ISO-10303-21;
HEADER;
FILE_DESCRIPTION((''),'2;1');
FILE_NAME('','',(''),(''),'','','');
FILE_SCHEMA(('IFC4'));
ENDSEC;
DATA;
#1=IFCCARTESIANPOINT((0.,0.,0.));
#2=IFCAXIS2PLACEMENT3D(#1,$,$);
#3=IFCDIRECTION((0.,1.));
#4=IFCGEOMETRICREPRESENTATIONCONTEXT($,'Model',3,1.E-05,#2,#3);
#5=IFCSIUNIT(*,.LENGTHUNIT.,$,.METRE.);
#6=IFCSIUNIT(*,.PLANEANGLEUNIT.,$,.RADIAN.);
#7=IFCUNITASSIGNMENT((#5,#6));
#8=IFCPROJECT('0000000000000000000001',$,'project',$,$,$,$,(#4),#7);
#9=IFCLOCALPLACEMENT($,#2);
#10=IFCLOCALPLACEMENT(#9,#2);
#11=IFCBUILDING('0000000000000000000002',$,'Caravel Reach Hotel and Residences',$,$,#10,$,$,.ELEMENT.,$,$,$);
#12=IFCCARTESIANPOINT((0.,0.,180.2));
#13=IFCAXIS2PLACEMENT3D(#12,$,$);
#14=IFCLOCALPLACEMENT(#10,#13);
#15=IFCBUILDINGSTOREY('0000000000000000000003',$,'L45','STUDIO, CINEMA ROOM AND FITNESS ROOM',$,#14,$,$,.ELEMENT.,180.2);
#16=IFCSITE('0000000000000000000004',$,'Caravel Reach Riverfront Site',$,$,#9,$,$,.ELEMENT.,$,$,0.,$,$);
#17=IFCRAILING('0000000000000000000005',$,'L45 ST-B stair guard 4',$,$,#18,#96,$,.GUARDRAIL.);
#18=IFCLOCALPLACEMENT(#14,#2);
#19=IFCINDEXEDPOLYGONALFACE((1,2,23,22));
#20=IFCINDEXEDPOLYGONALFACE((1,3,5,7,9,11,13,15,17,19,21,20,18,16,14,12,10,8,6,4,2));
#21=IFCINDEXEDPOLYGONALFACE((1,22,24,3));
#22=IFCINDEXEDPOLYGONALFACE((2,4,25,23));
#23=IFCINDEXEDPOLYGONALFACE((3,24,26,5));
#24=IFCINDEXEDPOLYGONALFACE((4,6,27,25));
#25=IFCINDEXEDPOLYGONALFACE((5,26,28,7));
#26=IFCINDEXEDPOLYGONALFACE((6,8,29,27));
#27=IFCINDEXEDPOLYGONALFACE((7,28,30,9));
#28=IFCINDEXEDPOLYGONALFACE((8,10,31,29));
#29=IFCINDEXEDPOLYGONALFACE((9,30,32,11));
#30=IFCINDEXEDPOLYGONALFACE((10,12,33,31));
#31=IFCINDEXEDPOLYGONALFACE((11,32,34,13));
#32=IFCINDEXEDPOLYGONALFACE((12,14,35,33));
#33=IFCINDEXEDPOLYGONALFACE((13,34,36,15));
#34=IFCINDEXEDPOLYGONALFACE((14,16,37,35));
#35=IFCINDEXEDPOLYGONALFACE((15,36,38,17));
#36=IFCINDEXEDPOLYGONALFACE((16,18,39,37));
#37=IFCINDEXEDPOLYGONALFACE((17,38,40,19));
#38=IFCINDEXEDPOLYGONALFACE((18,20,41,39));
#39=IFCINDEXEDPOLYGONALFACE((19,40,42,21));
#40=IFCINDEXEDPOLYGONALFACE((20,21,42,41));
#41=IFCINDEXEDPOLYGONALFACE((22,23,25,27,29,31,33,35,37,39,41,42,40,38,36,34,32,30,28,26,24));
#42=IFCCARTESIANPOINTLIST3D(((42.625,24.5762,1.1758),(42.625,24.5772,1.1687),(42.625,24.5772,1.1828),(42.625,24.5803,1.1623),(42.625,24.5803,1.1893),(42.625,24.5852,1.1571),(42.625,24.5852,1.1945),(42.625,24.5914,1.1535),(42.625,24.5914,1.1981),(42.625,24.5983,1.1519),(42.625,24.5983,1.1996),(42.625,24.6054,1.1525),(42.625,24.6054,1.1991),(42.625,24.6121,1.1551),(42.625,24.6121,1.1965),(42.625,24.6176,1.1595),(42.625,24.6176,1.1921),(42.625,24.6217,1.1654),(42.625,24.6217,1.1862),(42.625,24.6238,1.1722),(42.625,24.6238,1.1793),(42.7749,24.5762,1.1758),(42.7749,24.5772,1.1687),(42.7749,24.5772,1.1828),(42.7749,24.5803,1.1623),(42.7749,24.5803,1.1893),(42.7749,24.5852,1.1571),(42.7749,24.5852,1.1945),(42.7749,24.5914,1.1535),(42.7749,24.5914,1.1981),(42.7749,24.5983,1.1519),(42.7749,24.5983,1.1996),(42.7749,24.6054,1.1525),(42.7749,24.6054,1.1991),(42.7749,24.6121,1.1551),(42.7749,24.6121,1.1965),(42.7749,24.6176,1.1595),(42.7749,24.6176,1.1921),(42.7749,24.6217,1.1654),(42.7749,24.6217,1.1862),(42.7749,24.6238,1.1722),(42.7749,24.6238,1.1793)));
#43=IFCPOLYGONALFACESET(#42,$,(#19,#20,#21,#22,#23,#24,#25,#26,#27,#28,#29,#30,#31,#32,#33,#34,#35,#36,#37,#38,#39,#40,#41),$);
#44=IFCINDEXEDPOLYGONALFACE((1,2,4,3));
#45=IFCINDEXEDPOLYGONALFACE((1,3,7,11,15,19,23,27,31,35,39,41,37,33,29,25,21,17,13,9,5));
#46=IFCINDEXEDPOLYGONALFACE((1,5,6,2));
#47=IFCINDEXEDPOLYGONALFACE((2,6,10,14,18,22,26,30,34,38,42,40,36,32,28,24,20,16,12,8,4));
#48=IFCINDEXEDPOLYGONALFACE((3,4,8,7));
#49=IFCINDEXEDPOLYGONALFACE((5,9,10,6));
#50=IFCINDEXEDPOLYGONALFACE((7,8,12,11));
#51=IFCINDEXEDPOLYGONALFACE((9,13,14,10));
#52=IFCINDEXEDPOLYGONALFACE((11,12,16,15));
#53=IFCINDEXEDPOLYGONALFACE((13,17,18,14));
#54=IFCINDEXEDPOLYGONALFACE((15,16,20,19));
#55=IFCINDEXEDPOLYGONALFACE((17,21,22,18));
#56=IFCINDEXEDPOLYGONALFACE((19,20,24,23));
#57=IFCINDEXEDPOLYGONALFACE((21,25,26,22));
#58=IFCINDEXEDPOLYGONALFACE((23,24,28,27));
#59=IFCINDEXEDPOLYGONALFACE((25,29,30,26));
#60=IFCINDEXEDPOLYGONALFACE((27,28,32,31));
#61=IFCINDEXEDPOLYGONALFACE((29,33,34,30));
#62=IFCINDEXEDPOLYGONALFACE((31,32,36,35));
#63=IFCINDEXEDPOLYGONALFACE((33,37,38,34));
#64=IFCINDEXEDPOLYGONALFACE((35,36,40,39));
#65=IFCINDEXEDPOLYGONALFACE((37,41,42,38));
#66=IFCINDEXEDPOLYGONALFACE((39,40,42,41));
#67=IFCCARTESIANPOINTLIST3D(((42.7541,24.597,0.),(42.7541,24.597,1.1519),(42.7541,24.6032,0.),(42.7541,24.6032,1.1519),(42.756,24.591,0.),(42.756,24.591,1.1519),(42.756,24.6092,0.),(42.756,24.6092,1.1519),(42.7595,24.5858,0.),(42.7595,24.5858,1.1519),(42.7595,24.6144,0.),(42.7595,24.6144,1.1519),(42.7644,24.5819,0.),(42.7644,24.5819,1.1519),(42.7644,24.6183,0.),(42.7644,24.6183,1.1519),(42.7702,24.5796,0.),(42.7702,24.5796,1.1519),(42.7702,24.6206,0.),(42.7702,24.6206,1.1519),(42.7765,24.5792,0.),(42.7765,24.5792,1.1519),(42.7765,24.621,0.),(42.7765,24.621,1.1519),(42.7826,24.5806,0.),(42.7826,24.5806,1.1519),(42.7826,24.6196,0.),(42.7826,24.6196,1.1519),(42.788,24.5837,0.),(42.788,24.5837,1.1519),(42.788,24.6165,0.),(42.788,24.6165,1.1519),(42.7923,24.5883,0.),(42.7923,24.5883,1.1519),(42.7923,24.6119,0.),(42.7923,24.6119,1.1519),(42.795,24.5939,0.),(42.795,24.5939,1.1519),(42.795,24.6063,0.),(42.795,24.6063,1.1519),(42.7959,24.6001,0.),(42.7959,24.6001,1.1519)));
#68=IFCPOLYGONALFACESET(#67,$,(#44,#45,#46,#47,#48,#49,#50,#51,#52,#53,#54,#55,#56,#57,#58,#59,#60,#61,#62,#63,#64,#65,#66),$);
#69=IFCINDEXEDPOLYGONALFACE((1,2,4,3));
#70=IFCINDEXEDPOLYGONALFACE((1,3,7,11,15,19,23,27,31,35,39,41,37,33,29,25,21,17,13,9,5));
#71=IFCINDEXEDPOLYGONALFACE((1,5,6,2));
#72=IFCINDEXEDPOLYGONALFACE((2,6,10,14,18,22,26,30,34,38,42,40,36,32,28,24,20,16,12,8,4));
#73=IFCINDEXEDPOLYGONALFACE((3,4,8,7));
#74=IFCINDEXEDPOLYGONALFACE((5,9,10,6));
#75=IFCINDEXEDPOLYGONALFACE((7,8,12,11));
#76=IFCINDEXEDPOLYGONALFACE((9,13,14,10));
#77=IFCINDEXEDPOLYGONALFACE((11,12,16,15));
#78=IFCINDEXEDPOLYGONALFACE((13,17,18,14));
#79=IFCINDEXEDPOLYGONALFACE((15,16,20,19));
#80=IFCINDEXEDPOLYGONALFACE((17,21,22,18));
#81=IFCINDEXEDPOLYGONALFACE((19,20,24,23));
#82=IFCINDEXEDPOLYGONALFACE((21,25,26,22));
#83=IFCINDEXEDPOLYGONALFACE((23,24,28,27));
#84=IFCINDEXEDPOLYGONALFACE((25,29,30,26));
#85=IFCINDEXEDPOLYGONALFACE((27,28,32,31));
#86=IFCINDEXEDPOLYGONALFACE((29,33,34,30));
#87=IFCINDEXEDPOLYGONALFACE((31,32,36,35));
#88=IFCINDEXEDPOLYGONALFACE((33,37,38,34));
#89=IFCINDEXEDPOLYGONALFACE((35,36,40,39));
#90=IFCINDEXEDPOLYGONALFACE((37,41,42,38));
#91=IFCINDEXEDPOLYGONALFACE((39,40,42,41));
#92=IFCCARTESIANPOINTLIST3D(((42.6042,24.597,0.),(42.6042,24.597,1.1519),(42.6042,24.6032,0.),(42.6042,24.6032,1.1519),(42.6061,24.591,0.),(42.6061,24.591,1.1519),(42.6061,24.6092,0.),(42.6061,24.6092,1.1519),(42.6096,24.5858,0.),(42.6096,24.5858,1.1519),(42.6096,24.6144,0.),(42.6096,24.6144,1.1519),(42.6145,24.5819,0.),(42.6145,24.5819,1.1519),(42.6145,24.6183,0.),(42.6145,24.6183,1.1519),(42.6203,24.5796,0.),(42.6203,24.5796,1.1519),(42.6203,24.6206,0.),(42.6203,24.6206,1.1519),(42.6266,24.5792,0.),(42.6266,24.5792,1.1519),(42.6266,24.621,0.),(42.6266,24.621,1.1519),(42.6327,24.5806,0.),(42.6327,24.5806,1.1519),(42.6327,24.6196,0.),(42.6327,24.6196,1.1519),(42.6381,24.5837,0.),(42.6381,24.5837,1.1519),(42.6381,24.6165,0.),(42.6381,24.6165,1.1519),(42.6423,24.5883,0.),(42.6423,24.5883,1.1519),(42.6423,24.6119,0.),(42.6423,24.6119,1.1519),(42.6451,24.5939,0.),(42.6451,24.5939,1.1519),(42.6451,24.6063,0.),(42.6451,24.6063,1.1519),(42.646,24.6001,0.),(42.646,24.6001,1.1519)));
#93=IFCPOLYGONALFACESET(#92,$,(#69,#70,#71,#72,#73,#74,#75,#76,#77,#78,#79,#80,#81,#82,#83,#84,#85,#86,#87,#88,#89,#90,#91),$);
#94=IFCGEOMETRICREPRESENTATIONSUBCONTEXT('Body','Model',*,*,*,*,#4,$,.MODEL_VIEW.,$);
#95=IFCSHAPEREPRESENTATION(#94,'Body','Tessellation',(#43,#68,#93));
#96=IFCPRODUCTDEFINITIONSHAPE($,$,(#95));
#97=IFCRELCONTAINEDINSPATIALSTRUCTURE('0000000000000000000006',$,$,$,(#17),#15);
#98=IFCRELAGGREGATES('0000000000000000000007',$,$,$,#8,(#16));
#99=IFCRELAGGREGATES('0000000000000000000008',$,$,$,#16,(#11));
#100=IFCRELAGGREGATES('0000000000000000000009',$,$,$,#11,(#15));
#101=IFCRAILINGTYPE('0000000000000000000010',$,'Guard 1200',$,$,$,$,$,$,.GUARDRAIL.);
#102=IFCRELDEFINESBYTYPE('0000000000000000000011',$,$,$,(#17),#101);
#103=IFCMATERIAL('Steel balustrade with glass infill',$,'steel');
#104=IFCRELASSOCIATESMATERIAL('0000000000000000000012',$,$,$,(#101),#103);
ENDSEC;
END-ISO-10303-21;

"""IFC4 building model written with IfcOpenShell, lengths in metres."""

from ifc_helpers import new_model, si_unit, direction, frame, origin, origin_2d, place, context, subcontext, project, spatial, circle, extrude, material, type_object, element, save


model = new_model("IFC4")

# Units and contexts
model_context = context("Model", 3, precision=1e-05, world=origin(), true_north=direction((0.0, 1.0)))
body_context = subcontext(model_context, "Body", "Model", "MODEL_VIEW")
ifc_project = project(units=[si_unit("LENGTHUNIT", "METRE"), si_unit("PLANEANGLEUNIT", "RADIAN")], contexts=[model_context])

# Site, building, storey
site_placement = place(None, origin())
site = spatial("IfcSite", under=ifc_project, at=site_placement, Name="Caravel Reach Riverfront Site", CompositionType="ELEMENT", RefElevation=0.0)
building_placement = place(site_placement, origin())
building = spatial("IfcBuilding", under=site, at=building_placement, Name="Caravel Reach Hotel and Residences", CompositionType="ELEMENT")
storey_placement = place(building_placement, frame((0.0, 0.0, 180.2)))
storey = spatial("IfcBuildingStorey", under=building, at=storey_placement, Name="L45", Description="STUDIO, CINEMA ROOM AND FITNESS ROOM", CompositionType="ELEMENT", Elevation=180.2)

# Railing
ifc_material_1 = material(Name="Steel balustrade with glass infill", Category="steel")
railing_type_1 = type_object("IfcRailingType", Name="Guard 1200", PredefinedType="GUARDRAIL", material=ifc_material_1)
railing_1_placement = place(storey_placement, frame((42.7749, 24.6001, 0.0)))
element("IfcRailing", 1, at=railing_1_placement, inside=storey, type_object=railing_type_1, Name="L45 ST-B stair guard 4", PredefinedType="GUARDRAIL", context=body_context, shape_type="SweptSolid", body=[
    extrude(circle(Radius=0.0239, at=origin_2d()), frame((0.0, 0.0, 1.1758), z_axis=(-1.0, 0.0, 0.0), x_axis=(0.0, -1.0, 0.0)), (0.0, 0.0, 1.0), 0.1499),
    extrude(circle(Radius=0.021, at=origin_2d()), origin(), (0.0, 0.0, 1.0), 1.1519),
    extrude(circle(Radius=0.021, at=origin_2d()), frame((-0.1499, 0.0, 0.0)), (0.0, 0.0, 1.0), 1.1519),
])

save(model, "model.ifc")
